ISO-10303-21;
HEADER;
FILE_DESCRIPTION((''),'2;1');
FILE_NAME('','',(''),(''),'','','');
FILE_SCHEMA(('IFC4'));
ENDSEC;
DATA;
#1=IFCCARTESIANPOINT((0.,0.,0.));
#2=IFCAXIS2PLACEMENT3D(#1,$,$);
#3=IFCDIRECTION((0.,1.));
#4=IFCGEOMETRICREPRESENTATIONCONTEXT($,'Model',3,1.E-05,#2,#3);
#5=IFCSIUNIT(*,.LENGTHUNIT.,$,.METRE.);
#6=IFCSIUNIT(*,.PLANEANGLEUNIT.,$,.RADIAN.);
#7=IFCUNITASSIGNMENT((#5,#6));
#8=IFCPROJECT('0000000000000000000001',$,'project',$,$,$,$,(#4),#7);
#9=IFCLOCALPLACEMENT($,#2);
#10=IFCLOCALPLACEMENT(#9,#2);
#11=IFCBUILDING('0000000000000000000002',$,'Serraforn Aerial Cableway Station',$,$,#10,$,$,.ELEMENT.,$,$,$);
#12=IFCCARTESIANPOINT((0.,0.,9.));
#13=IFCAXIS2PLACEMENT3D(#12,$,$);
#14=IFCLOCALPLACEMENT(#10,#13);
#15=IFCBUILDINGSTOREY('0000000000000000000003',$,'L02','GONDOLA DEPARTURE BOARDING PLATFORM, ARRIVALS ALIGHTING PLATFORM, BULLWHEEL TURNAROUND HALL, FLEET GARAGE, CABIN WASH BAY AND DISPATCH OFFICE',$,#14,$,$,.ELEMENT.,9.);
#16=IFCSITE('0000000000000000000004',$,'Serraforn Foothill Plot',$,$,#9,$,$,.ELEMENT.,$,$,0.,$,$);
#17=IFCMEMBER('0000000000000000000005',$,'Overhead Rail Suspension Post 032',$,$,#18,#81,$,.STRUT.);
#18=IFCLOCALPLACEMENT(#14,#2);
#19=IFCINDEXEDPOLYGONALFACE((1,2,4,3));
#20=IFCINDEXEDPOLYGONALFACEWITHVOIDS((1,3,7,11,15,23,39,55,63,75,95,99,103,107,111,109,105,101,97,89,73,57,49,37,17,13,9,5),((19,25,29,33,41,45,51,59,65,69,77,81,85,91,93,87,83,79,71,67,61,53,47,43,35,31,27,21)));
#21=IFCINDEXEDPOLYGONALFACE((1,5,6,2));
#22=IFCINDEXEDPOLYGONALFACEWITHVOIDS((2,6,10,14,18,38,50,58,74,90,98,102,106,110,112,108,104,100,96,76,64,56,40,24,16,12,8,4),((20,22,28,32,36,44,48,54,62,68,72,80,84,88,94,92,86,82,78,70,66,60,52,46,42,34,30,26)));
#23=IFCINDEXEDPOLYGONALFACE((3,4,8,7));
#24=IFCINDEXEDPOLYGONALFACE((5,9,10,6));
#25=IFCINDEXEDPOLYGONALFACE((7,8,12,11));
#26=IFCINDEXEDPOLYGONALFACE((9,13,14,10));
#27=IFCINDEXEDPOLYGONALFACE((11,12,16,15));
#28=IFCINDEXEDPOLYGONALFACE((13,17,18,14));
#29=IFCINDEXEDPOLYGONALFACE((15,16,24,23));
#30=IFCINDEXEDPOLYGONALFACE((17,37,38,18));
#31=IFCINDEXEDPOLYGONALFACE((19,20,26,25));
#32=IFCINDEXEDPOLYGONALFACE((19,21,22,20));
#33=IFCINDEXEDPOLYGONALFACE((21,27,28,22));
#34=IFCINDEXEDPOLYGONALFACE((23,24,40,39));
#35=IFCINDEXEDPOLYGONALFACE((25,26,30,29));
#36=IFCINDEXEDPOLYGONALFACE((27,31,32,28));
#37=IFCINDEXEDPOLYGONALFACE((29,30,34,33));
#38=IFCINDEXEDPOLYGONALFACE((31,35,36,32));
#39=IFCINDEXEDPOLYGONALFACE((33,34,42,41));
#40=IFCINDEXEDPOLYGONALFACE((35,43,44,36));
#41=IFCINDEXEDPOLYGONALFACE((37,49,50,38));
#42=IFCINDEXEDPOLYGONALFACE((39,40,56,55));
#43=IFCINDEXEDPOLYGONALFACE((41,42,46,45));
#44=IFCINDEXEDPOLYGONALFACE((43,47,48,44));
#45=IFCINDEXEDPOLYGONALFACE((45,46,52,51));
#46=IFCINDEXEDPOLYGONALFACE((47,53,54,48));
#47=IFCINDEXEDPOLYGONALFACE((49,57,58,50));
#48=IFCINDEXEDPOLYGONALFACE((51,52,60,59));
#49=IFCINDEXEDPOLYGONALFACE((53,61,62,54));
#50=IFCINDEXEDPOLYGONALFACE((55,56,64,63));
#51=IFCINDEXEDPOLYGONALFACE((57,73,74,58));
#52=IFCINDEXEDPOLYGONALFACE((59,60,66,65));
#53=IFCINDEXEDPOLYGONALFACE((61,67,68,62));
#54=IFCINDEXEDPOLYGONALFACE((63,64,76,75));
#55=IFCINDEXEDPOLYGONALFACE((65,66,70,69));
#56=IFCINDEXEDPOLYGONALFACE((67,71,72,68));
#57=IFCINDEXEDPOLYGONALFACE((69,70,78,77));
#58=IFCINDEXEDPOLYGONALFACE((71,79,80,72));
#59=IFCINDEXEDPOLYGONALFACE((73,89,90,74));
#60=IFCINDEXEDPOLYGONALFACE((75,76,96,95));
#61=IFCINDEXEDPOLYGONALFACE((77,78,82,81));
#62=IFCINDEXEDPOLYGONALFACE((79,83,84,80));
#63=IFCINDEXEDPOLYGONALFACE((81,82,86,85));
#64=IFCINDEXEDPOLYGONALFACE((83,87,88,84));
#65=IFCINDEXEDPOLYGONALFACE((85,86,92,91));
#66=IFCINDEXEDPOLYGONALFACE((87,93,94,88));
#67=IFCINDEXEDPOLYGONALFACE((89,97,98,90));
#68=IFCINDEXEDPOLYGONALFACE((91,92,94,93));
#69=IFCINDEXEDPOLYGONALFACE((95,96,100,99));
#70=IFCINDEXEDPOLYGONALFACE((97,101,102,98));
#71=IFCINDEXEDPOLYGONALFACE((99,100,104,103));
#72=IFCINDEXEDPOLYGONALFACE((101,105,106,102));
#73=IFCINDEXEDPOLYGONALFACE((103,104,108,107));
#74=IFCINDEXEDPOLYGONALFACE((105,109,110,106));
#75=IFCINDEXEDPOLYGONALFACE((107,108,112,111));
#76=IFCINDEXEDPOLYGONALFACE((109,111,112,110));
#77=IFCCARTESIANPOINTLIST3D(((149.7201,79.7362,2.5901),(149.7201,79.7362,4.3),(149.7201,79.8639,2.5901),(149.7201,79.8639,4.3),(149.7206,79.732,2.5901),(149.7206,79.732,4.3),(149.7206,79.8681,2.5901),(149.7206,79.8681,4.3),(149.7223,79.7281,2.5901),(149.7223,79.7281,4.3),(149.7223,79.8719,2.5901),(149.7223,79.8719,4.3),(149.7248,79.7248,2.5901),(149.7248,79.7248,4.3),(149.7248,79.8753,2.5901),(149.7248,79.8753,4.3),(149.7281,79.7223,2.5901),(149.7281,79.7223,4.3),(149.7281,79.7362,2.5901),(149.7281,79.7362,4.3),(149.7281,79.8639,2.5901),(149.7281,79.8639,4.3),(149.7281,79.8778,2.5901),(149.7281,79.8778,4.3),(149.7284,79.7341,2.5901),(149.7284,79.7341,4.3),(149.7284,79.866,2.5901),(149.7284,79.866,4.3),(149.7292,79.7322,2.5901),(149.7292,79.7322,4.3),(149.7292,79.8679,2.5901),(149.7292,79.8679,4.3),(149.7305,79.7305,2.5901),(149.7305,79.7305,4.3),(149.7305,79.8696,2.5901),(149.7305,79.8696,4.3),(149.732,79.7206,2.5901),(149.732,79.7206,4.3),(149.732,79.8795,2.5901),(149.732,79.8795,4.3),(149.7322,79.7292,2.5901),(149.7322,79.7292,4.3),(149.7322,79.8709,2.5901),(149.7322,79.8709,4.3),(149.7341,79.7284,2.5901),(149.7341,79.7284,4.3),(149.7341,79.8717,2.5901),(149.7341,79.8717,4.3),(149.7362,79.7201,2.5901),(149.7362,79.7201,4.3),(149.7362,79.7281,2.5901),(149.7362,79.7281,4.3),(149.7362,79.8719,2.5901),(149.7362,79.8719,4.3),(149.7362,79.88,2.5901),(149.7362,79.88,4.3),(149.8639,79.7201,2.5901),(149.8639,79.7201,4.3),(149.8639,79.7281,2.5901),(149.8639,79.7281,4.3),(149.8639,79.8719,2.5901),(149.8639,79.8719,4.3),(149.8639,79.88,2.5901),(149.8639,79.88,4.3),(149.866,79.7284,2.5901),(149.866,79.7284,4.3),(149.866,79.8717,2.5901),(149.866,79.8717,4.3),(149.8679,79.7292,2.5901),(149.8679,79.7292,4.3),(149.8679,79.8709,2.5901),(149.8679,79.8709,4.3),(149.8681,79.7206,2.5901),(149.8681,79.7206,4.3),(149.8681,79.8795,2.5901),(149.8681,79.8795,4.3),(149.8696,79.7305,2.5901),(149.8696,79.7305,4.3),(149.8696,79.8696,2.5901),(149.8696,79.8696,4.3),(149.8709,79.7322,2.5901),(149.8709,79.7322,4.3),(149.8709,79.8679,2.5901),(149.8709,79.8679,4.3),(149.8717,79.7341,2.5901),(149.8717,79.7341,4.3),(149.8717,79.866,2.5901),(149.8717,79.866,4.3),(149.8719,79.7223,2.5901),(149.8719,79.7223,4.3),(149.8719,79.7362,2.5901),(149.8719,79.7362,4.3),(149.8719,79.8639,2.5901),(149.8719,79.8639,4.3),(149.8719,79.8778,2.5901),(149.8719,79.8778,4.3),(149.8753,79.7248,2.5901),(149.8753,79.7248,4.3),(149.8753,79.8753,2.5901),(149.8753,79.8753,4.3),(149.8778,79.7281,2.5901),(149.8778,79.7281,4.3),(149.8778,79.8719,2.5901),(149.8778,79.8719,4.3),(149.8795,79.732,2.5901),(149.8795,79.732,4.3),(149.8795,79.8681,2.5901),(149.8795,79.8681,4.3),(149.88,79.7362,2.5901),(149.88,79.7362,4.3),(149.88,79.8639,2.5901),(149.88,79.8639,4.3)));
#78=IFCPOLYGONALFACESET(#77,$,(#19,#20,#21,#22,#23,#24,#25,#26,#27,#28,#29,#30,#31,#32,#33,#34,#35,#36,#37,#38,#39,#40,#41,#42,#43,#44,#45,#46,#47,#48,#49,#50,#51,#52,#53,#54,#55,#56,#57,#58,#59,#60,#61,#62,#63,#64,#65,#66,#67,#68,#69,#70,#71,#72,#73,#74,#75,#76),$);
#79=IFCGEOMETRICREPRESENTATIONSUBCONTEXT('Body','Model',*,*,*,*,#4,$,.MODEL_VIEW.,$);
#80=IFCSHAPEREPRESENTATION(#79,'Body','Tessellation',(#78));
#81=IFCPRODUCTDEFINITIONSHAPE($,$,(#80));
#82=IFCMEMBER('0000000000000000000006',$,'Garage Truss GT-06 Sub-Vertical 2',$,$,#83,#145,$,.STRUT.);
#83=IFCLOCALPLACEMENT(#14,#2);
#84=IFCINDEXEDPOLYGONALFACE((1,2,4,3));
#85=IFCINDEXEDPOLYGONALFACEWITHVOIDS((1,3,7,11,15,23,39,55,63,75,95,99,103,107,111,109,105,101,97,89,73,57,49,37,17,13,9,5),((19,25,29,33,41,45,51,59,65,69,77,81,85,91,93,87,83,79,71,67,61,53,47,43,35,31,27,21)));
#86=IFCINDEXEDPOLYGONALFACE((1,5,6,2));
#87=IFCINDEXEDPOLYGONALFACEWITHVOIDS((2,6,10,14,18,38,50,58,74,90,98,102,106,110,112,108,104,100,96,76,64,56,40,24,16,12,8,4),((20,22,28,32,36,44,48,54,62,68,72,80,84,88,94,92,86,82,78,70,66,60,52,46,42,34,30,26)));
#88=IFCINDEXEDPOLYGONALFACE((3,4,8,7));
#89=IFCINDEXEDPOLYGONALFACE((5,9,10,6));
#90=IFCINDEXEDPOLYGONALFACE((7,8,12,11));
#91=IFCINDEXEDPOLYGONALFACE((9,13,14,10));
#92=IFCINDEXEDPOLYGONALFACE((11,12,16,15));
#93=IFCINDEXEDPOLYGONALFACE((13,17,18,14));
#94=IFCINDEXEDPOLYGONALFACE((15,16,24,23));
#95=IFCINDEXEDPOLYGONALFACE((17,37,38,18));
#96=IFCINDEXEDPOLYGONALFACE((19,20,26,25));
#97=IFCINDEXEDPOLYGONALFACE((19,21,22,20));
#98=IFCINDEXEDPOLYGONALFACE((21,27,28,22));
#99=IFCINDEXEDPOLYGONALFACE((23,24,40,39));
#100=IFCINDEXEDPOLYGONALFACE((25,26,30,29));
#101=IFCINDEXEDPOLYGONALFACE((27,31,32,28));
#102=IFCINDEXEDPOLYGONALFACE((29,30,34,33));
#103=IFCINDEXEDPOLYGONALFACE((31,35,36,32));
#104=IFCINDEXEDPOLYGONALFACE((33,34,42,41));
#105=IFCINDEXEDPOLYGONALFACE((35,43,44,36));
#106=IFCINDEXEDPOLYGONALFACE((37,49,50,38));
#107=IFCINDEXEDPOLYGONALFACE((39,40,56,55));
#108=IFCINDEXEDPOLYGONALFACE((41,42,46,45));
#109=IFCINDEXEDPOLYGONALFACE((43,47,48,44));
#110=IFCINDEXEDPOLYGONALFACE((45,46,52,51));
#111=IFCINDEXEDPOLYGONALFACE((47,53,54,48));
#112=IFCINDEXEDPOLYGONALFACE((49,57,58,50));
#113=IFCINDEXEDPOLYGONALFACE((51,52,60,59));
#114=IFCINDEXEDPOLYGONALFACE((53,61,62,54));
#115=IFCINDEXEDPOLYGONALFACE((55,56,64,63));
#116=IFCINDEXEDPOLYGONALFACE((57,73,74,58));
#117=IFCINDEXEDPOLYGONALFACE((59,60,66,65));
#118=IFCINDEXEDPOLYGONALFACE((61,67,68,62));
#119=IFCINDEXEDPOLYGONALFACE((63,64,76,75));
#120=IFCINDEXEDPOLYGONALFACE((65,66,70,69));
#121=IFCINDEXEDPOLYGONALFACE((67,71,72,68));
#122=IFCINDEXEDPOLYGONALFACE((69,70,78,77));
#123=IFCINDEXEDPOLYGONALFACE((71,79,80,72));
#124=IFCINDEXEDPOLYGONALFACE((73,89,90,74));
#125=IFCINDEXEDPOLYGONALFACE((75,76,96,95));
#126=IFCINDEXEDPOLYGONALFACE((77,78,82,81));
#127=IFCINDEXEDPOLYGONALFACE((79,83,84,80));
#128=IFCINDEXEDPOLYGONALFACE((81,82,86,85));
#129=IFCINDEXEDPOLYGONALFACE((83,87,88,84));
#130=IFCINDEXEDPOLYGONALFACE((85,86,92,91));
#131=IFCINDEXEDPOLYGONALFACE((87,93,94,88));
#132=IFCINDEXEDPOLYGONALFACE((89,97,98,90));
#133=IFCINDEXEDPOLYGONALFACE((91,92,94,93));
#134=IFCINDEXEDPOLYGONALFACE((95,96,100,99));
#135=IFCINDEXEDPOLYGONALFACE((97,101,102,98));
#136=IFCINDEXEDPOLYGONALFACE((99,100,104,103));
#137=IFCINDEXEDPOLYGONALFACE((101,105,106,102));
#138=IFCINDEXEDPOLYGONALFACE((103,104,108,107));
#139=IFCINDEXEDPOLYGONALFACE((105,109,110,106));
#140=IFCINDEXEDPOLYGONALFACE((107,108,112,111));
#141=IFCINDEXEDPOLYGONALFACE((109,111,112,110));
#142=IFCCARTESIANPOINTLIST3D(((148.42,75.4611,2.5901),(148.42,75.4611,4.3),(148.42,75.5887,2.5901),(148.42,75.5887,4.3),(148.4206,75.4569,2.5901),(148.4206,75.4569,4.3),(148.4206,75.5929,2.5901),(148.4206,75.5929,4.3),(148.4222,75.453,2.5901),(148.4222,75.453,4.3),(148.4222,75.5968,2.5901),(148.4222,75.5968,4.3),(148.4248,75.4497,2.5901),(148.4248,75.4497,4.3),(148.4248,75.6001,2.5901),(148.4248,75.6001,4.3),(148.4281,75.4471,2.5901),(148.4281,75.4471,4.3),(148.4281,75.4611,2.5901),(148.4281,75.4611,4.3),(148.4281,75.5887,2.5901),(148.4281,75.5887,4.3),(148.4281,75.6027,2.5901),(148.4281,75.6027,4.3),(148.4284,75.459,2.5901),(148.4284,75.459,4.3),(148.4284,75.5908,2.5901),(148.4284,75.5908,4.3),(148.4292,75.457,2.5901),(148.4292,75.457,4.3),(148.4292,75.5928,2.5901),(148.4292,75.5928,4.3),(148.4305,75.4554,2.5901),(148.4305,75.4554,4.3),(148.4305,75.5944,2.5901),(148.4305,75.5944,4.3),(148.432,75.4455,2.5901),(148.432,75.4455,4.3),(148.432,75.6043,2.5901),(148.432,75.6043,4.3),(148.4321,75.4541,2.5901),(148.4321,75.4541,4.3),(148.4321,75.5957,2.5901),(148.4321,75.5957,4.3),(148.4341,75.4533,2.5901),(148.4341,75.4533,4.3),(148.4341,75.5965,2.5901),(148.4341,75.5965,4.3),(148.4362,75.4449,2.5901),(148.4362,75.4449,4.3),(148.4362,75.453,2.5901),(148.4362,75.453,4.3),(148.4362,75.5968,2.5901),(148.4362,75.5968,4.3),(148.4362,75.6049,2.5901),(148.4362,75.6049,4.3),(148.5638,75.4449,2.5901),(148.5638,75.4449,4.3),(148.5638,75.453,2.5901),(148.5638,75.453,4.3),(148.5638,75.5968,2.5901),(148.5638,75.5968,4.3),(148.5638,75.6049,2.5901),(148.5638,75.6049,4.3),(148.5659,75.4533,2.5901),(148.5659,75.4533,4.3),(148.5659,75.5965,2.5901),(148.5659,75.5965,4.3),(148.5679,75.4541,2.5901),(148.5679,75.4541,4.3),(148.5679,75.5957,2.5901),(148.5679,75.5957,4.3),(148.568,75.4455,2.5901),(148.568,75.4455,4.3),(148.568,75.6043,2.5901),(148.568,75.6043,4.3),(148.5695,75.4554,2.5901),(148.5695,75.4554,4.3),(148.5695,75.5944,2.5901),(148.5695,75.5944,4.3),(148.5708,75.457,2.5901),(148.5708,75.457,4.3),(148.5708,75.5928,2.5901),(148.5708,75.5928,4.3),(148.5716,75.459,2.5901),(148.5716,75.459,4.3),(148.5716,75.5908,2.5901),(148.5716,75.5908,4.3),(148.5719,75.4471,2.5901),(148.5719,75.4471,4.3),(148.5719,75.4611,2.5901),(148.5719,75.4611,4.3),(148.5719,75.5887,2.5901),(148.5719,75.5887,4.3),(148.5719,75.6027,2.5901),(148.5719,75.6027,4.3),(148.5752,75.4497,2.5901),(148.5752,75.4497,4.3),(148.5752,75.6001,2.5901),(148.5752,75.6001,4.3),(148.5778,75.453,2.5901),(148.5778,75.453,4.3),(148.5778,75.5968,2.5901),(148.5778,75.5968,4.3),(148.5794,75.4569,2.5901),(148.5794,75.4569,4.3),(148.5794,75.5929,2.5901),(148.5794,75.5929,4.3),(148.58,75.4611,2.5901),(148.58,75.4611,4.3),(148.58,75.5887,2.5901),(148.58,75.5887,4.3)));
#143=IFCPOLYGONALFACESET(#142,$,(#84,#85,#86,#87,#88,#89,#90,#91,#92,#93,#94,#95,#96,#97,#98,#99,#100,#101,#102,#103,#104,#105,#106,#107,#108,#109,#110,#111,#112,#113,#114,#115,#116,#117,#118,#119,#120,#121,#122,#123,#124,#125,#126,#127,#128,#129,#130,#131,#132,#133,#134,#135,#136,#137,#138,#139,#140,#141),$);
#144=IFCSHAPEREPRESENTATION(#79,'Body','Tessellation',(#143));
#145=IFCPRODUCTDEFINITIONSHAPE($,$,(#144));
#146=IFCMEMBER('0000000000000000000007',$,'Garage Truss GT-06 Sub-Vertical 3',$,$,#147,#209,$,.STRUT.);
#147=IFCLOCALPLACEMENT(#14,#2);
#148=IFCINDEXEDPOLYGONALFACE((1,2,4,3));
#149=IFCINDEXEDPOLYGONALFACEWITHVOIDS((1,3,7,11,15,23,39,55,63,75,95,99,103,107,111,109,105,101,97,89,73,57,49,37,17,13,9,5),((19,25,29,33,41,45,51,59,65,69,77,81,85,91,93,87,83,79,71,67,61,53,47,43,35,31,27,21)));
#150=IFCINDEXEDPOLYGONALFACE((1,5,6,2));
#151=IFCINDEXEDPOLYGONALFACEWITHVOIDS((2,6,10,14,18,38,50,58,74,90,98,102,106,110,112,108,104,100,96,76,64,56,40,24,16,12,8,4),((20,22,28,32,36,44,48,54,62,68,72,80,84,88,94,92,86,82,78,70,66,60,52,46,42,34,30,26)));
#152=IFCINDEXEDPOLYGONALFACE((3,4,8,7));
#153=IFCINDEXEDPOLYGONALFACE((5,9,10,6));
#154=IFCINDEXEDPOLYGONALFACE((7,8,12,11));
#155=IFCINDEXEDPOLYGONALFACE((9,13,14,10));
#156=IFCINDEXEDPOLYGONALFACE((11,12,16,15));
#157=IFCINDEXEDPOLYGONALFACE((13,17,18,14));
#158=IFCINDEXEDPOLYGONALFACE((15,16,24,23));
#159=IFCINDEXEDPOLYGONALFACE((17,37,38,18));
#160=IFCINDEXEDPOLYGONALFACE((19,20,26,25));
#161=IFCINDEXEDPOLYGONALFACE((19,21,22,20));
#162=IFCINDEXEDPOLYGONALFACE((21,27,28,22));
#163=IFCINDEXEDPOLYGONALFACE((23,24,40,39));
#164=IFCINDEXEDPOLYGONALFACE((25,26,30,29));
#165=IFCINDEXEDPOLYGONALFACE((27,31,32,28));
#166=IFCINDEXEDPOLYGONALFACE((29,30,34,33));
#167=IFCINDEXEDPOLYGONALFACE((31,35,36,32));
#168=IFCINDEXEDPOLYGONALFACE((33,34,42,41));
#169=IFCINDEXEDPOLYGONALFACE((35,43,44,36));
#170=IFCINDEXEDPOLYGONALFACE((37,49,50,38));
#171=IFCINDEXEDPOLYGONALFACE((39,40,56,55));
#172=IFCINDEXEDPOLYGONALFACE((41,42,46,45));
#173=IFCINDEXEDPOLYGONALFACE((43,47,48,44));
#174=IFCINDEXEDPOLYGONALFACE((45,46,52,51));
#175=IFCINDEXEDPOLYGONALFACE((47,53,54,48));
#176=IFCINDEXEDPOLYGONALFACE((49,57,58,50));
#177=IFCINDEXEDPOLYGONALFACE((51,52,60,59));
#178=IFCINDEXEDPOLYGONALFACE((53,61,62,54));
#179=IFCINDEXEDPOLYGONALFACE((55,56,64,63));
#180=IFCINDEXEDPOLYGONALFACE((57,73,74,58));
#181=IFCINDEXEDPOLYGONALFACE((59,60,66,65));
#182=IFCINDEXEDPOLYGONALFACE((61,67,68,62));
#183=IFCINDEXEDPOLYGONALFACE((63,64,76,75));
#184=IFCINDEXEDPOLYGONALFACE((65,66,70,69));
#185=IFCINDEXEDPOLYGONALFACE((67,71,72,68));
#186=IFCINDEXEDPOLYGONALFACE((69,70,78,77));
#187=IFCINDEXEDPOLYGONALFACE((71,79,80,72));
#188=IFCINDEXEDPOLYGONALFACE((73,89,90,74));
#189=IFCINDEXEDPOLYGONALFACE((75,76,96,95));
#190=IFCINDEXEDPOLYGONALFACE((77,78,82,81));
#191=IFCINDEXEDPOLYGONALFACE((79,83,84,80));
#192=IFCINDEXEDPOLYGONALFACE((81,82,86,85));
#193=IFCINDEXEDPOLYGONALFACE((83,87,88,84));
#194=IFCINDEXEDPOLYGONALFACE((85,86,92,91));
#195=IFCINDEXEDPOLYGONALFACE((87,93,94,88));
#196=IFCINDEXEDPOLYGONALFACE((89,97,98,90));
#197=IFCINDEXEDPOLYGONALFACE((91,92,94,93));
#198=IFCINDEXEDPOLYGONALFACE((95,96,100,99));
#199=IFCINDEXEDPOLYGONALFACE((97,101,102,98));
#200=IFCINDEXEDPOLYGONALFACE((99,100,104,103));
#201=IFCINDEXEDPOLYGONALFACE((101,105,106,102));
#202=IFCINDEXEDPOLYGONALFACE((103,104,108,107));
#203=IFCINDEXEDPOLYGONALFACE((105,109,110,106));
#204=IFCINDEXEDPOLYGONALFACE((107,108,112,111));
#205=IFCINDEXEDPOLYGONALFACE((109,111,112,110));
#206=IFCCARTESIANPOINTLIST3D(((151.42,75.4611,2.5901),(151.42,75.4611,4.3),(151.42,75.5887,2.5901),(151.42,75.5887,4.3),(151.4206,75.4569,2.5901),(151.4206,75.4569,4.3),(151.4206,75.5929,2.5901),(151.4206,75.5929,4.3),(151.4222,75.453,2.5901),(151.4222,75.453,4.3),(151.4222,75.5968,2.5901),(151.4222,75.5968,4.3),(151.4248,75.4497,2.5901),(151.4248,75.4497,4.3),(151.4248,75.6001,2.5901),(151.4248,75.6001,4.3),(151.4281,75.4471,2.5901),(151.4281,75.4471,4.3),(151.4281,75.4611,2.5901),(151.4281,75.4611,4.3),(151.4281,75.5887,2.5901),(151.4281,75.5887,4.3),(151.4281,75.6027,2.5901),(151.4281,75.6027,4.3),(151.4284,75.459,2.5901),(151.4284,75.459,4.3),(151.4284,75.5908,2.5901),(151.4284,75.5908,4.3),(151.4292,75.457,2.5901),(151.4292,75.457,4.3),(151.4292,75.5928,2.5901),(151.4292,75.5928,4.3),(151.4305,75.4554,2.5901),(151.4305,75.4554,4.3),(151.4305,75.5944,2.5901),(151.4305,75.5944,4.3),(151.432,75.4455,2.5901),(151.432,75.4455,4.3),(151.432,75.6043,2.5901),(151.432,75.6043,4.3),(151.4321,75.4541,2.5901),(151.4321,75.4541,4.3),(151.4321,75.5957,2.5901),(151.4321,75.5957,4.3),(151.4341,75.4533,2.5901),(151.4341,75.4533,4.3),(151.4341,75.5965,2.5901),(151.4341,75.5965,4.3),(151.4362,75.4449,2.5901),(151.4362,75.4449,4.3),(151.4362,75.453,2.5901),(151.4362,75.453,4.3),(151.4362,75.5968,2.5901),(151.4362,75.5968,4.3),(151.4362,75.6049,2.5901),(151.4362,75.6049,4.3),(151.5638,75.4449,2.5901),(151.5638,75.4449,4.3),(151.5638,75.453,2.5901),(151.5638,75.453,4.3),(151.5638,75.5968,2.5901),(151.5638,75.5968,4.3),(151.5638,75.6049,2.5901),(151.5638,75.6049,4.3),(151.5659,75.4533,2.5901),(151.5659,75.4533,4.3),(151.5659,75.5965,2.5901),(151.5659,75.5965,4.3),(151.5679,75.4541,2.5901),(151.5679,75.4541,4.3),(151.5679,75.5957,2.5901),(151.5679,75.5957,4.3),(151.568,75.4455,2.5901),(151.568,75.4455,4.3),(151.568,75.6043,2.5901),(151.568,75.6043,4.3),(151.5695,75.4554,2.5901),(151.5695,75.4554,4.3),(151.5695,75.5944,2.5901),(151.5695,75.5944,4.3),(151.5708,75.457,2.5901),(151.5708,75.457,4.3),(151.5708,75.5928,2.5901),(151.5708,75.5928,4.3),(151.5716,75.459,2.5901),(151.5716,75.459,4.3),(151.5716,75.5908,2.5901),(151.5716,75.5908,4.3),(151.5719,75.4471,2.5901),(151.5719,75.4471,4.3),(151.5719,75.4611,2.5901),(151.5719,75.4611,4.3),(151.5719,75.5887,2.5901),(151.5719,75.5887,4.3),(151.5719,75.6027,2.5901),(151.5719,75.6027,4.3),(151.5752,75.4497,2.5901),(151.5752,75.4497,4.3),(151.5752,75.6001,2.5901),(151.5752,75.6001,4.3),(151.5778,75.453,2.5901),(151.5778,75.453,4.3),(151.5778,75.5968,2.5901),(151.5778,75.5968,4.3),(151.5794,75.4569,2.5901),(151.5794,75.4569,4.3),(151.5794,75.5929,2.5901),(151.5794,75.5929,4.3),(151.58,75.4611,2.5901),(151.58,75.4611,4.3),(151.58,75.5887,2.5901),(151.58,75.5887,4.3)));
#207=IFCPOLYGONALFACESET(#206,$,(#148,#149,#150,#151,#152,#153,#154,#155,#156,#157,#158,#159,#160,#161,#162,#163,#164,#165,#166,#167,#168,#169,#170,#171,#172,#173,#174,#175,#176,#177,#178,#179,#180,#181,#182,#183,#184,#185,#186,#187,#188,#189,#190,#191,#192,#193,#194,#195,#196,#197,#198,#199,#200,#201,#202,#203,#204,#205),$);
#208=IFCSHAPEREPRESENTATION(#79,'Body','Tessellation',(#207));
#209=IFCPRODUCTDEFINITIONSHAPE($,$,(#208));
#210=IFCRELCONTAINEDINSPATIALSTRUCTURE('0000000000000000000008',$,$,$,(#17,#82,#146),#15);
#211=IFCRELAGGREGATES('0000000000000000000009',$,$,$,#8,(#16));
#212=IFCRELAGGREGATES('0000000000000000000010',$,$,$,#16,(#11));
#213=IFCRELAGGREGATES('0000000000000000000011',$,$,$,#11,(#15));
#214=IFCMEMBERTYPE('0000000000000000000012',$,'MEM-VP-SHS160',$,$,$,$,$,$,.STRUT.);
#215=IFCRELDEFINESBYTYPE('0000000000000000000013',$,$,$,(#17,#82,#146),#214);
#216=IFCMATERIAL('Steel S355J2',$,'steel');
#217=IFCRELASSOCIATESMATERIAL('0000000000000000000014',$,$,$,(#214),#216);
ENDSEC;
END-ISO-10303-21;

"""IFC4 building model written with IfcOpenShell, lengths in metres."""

from ifc_helpers import new_model, si_unit, direction, frame, origin, origin_2d, place, context, subcontext, project, spatial, hollow_rectangle, extrude, material, material_profile, profile_set, type_object, element, save


model = new_model("IFC4")

# Units and contexts
model_context = context("Model", 3, precision=1e-05, world=origin(), true_north=direction((0.0, 1.0)))
body_context = subcontext(model_context, "Body", "Model", "MODEL_VIEW")
ifc_project = project(units=[si_unit("LENGTHUNIT", "METRE"), si_unit("PLANEANGLEUNIT", "RADIAN")], contexts=[model_context])

# Site, building, storey
site_placement = place(None, origin())
site = spatial("IfcSite", under=ifc_project, at=site_placement, Name="Serraforn Foothill Plot", CompositionType="ELEMENT", RefElevation=0.0)
building_placement = place(site_placement, origin())
building = spatial("IfcBuilding", under=site, at=building_placement, Name="Serraforn Aerial Cableway Station", CompositionType="ELEMENT")
storey_placement = place(building_placement, frame((0.0, 0.0, 9.0)))
storey = spatial("IfcBuildingStorey", under=building, at=storey_placement, Name="L02", Description="GONDOLA DEPARTURE BOARDING PLATFORM, ARRIVALS ALIGHTING PLATFORM, BULLWHEEL TURNAROUND HALL, FLEET GARAGE, CABIN WASH BAY AND DISPATCH OFFICE", CompositionType="ELEMENT", Elevation=9.0)

# Members
ifc_material_1 = material(Name="Steel S355J2", Category="steel")
ifc_material_profile_1 = material_profile(ifc_material_1, hollow_rectangle(XDim=0.1599, YDim=0.1599, WallThickness=0.0081, InnerFilletRadius=0.0081, OuterFilletRadius=0.0161, at=origin_2d()), Name="SHS 160x160x8.0")
ifc_profile_set_1 = profile_set([ifc_material_profile_1], Name="Steel S355J2")
member_type_1 = type_object("IfcMemberType", Name="MEM-VP-SHS160", PredefinedType="STRUT", material=ifc_profile_set_1)
for number, where, z_axis, x_axis, name in (
    (1, (149.8, 79.8, 2.5901), (0.0, 0.0, 1.0), (1.0, 0.0, 0.0), "Overhead Rail Suspension Post 032"),
    (2, (148.5, 75.5249, 2.5901), (0.0, 0.0, 1.0), (1.0, 0.0, 0.0), "Garage Truss GT-06 Sub-Vertical 2"),
    (3, (151.5, 75.5249, 2.5901), (0.0, 0.0, 1.0), (1.0, 0.0, 0.0), "Garage Truss GT-06 Sub-Vertical 3"),
):
    element("IfcMember", number, at=place(storey_placement, frame(where, z_axis=z_axis, x_axis=x_axis)), inside=storey, type_object=member_type_1, Name=name, PredefinedType="STRUT", context=body_context, shape_type="SweptSolid", body=[
        extrude(hollow_rectangle(XDim=0.1599, YDim=0.1599, WallThickness=0.0081, InnerFilletRadius=0.0081, OuterFilletRadius=0.0161, at=origin_2d()), origin(), (0.0, 0.0, 1.0), 1.71),
    ])

save(model, "model.ifc")
